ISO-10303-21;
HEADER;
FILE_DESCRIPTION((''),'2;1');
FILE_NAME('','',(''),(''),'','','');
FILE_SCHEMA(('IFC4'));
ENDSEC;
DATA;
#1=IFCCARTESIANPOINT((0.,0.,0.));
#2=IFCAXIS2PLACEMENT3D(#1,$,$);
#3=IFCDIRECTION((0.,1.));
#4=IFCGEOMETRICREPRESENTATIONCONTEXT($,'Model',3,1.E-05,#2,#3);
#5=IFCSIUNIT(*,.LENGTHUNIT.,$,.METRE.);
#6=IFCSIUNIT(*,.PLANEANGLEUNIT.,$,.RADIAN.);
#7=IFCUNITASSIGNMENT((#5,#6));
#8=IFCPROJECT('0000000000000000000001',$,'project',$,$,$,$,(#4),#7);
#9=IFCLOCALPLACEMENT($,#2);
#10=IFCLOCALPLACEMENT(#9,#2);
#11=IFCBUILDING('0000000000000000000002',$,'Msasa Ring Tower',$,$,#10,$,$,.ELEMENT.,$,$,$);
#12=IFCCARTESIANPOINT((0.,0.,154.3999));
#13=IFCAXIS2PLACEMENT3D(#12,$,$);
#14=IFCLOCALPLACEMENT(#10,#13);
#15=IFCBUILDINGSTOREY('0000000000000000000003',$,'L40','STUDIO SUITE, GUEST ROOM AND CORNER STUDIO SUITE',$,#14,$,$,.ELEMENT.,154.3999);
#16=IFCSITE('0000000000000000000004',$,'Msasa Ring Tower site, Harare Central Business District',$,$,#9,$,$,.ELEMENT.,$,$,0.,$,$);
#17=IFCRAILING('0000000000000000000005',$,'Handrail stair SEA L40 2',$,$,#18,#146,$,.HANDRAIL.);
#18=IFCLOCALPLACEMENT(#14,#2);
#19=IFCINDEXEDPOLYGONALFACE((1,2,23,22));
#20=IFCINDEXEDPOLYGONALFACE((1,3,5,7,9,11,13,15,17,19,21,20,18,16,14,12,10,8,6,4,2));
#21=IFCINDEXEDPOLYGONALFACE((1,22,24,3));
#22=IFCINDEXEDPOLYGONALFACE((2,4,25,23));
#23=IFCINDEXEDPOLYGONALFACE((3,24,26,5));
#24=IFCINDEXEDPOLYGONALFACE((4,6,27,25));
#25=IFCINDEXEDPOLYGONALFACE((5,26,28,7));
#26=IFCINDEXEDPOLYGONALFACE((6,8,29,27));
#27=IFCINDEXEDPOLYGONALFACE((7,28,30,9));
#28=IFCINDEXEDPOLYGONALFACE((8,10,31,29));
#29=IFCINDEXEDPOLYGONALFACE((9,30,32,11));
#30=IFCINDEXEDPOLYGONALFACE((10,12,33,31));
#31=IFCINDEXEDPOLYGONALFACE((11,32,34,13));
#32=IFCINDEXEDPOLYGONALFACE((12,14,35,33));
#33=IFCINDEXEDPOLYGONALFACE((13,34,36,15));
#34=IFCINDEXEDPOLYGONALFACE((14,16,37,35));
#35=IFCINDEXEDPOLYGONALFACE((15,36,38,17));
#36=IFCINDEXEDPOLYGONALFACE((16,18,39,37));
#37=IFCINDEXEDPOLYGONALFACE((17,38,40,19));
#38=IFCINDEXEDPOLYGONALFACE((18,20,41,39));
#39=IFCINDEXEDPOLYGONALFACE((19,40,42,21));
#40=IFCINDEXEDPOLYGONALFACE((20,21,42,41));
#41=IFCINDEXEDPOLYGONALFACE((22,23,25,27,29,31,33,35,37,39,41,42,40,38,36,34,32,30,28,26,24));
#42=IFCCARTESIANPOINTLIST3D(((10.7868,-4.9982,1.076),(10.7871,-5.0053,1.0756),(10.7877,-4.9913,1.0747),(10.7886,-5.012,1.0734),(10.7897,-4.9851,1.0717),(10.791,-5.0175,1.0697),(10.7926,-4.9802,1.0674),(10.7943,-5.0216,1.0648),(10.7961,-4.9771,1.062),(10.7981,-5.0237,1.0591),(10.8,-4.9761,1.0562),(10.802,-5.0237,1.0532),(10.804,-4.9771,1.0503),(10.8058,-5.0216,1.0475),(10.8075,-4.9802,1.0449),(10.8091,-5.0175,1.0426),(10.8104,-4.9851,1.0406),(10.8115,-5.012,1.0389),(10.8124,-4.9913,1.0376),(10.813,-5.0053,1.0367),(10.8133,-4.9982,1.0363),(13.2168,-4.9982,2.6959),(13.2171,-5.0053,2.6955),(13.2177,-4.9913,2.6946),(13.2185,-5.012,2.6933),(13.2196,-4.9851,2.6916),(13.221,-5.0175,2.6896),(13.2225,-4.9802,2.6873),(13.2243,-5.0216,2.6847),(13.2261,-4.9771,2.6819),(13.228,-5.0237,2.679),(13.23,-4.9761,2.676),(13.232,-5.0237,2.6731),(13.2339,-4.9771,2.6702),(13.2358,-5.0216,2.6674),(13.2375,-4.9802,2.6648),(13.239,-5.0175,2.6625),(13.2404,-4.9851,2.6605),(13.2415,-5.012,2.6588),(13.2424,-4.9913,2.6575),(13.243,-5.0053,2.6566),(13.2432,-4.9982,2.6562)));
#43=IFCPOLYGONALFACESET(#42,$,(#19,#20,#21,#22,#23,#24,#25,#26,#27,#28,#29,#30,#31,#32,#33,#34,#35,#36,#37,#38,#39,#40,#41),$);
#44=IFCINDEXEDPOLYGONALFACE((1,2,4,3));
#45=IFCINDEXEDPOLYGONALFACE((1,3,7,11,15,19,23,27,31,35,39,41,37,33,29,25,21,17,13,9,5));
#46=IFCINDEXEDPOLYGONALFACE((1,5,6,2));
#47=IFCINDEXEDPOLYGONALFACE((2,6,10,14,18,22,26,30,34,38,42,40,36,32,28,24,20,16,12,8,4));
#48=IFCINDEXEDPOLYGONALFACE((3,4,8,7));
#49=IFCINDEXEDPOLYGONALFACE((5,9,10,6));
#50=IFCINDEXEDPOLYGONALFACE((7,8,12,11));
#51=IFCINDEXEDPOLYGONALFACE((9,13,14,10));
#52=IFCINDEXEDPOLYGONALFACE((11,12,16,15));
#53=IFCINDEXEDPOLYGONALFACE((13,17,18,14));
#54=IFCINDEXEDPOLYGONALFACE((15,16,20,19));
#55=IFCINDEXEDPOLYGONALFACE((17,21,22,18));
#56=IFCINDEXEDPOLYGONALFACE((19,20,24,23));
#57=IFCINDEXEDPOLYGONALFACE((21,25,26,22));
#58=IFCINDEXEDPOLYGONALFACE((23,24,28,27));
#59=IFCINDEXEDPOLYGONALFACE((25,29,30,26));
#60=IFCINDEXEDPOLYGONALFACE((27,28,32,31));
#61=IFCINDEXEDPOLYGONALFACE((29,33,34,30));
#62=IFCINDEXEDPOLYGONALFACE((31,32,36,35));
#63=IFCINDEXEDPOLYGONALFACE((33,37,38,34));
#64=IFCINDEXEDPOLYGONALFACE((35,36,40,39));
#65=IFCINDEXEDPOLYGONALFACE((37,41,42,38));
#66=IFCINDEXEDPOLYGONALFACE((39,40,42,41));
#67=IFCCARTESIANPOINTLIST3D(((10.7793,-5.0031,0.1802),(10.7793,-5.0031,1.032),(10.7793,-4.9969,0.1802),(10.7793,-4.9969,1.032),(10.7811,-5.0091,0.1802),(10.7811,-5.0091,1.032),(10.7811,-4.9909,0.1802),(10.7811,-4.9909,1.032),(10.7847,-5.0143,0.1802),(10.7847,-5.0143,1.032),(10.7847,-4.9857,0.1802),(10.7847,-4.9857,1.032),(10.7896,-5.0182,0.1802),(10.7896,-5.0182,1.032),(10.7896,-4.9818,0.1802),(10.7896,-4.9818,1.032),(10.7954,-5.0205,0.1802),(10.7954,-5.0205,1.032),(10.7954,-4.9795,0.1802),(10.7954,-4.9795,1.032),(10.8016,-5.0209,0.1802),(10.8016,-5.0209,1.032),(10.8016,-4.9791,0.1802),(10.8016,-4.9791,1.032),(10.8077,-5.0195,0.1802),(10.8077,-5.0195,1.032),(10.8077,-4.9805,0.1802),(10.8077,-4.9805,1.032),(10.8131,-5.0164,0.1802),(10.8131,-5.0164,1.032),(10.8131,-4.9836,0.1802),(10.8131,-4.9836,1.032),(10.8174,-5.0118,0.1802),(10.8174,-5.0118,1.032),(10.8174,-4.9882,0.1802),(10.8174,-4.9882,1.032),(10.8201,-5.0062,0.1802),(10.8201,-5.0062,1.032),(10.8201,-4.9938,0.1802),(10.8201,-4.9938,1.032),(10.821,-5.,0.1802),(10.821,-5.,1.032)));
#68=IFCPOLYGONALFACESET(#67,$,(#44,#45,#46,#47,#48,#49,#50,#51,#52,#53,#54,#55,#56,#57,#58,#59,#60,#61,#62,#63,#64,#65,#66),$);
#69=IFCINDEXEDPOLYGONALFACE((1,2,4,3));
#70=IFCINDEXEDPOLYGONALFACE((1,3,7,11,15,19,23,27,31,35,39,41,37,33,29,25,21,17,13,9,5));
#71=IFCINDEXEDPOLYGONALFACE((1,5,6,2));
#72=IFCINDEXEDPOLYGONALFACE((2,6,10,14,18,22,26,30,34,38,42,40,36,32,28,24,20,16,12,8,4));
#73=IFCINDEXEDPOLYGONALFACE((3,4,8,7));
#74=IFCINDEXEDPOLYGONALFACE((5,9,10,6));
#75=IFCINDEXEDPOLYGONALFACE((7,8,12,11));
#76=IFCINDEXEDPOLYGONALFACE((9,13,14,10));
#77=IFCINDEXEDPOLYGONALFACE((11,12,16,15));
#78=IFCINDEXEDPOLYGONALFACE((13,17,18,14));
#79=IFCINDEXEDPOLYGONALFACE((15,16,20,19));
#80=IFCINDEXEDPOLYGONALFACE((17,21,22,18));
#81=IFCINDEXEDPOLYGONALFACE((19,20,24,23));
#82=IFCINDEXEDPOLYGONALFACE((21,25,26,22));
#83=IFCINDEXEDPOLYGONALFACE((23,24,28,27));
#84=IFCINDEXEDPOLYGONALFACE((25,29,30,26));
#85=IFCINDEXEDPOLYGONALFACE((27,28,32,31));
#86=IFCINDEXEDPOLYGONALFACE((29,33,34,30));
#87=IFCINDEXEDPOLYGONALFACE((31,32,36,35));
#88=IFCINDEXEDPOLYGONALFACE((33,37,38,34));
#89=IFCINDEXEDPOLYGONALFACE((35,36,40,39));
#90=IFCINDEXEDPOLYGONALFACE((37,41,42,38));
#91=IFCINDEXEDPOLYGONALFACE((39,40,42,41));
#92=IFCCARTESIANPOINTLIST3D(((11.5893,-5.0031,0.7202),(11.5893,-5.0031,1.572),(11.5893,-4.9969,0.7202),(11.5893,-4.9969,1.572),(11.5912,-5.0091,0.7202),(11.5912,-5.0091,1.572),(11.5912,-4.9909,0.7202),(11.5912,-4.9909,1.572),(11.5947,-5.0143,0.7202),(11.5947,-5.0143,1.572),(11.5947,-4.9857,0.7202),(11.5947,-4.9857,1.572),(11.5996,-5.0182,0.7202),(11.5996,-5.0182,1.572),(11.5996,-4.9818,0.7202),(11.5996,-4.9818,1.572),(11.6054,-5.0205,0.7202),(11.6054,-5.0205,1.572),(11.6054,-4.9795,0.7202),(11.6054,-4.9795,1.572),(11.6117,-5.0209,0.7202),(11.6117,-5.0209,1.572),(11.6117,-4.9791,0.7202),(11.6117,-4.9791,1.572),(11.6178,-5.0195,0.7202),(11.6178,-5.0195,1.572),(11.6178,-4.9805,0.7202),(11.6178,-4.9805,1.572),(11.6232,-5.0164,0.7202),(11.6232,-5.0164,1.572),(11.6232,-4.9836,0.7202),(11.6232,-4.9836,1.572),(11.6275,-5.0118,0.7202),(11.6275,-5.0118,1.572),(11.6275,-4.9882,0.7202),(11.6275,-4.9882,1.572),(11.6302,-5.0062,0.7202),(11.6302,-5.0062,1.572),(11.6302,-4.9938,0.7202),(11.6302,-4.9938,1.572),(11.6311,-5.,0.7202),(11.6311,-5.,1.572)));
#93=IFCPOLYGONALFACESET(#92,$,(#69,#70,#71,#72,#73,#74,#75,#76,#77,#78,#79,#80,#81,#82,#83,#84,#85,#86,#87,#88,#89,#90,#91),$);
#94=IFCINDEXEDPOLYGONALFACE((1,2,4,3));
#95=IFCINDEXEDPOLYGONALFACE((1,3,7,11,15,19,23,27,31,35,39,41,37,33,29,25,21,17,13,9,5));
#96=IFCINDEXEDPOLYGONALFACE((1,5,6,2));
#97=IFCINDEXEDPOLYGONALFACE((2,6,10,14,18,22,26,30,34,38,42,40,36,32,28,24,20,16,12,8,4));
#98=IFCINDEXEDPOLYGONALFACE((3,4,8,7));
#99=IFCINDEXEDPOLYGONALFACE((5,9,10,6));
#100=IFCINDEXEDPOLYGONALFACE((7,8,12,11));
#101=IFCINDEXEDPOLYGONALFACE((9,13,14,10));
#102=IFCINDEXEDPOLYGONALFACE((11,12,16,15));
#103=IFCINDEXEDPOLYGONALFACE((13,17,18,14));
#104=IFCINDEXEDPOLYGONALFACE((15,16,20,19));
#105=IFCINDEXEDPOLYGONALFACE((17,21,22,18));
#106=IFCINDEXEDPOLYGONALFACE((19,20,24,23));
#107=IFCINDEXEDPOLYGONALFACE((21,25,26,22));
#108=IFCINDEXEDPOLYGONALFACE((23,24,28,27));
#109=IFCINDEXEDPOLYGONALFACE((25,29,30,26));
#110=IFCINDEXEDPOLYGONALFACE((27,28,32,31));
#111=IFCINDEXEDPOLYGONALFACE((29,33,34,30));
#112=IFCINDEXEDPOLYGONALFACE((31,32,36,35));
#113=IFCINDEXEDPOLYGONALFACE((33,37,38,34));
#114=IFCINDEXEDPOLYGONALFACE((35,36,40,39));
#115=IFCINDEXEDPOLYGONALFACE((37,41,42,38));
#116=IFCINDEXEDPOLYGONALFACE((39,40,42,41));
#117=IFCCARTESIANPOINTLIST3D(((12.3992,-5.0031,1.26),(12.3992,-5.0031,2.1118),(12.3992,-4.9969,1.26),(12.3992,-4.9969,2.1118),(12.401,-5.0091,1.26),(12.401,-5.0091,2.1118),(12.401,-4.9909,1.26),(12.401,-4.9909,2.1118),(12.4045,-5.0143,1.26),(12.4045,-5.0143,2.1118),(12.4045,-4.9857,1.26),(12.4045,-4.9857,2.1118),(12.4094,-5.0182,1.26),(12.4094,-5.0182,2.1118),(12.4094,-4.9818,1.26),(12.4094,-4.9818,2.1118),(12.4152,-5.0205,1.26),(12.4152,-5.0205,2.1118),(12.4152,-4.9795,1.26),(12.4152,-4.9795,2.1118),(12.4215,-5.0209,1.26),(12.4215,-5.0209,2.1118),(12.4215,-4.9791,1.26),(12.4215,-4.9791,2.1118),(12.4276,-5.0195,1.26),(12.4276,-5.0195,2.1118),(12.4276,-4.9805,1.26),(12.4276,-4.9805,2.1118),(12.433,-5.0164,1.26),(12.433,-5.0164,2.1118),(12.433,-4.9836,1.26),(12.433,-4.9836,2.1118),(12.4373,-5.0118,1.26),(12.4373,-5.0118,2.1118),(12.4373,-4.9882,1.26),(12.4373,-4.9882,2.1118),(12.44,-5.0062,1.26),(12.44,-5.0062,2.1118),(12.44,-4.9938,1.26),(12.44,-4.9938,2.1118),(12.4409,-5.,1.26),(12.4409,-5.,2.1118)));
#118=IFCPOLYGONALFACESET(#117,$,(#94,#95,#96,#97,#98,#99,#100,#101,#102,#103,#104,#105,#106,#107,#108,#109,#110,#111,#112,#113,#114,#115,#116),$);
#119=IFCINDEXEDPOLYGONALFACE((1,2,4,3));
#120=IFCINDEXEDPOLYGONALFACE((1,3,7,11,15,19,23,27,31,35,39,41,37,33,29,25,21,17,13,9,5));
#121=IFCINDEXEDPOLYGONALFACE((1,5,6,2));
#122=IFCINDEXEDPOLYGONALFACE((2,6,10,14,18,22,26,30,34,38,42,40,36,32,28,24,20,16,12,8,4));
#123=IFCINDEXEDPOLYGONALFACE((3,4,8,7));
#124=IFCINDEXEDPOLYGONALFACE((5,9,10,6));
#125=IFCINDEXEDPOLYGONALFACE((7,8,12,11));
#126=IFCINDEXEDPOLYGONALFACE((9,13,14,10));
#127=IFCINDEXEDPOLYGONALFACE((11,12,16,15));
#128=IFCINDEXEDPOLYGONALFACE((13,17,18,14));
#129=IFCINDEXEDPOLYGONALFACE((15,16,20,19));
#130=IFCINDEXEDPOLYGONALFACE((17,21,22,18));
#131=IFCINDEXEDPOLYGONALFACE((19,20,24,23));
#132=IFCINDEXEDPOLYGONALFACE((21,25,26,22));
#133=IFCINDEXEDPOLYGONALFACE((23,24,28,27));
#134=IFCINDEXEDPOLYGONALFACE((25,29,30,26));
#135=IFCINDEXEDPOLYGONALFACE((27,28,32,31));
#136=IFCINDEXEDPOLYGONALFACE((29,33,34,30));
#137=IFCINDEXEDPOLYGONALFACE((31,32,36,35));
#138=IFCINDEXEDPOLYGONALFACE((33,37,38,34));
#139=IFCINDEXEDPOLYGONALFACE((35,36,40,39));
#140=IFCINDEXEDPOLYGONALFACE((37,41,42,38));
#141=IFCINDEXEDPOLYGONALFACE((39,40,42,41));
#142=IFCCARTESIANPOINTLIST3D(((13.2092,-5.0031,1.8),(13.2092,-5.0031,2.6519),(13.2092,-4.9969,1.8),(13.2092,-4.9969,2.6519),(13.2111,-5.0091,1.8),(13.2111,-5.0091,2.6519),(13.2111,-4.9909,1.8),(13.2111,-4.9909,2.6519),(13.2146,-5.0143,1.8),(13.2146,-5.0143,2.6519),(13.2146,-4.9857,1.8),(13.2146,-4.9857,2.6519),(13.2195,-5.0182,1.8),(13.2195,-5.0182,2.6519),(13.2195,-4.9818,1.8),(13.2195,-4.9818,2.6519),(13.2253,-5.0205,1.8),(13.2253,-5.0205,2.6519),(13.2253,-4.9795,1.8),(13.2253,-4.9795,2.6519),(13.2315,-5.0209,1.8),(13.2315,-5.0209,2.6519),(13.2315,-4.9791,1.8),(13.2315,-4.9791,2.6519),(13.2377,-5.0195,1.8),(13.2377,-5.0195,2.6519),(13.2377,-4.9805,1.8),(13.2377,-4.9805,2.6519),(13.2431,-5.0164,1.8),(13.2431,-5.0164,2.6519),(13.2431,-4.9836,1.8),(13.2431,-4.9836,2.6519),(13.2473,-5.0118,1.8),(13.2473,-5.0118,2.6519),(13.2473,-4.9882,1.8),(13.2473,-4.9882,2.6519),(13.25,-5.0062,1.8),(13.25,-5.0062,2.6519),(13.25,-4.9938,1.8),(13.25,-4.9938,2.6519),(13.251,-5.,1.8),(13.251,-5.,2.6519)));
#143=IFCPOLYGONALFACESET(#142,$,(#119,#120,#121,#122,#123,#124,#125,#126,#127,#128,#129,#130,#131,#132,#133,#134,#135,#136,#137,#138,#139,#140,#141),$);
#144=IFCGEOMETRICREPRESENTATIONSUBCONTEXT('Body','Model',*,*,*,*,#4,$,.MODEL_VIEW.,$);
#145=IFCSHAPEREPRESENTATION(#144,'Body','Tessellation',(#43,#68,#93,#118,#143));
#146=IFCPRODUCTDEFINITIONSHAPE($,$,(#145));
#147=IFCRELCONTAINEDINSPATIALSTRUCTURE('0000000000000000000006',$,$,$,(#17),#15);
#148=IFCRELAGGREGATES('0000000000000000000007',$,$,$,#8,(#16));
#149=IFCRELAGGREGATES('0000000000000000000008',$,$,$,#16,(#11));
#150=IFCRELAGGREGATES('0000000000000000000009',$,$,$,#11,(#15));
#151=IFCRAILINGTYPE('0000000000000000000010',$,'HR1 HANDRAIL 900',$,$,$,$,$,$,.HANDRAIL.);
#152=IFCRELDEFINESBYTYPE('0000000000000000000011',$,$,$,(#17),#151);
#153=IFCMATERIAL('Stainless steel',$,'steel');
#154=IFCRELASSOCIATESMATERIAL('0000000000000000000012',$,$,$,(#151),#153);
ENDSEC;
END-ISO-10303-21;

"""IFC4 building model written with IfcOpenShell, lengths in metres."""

from ifc_helpers import new_model, si_unit, direction, frame, origin, origin_2d, place, context, subcontext, project, spatial, circle, extrude, material, type_object, element, save


model = new_model("IFC4")

# Units and contexts
model_context = context("Model", 3, precision=1e-05, world=origin(), true_north=direction((0.0, 1.0)))
body_context = subcontext(model_context, "Body", "Model", "MODEL_VIEW")
ifc_project = project(units=[si_unit("LENGTHUNIT", "METRE"), si_unit("PLANEANGLEUNIT", "RADIAN")], contexts=[model_context])

# Site, building, storey
site_placement = place(None, origin())
site = spatial("IfcSite", under=ifc_project, at=site_placement, Name="Msasa Ring Tower site, Harare Central Business District", CompositionType="ELEMENT", RefElevation=0.0)
building_placement = place(site_placement, origin())
building = spatial("IfcBuilding", under=site, at=building_placement, Name="Msasa Ring Tower", CompositionType="ELEMENT")
storey_placement = place(building_placement, frame((0.0, 0.0, 154.3999)))
storey = spatial("IfcBuildingStorey", under=building, at=storey_placement, Name="L40", Description="STUDIO SUITE, GUEST ROOM AND CORNER STUDIO SUITE", CompositionType="ELEMENT", Elevation=154.3999)

# Railing
ifc_material_1 = material(Name="Stainless steel", Category="steel")
railing_type = type_object("IfcRailingType", Name="HR1 HANDRAIL 900", PredefinedType="HANDRAIL", material=ifc_material_1)
for number, where, name in (
    (1, (10.8, -5.0, 0.1802), "Handrail stair SEA L40 2"),
):
    element("IfcRailing", number, at=place(storey_placement, frame(where)), inside=storey, type_object=railing_type, Name=name, PredefinedType="HANDRAIL", context=body_context, shape_type="SweptSolid", body=[
        extrude(circle(Radius=0.0239, at=origin_2d()), frame((0.0, 0.0, 0.876), z_axis=(0.832063, 0.0, 0.554681), x_axis=(0.0, 1.0, 0.0)), (0.0, 0.0, 1.0), 2.9204),
        extrude(circle(Radius=0.021, at=origin_2d()), origin(), (0.0, 0.0, 1.0), 0.8518),
        extrude(circle(Radius=0.021, at=origin_2d()), frame((0.8101, 0.0, 0.54)), (0.0, 0.0, 1.0), 0.8518),
        extrude(circle(Radius=0.021, at=origin_2d()), frame((1.6199, 0.0, 1.0798)), (0.0, 0.0, 1.0), 0.8518),
        extrude(circle(Radius=0.021, at=origin_2d()), frame((2.4299, 0.0, 1.6199)), (0.0, 0.0, 1.0), 0.8518),
    ])

save(model, "model.ifc")
